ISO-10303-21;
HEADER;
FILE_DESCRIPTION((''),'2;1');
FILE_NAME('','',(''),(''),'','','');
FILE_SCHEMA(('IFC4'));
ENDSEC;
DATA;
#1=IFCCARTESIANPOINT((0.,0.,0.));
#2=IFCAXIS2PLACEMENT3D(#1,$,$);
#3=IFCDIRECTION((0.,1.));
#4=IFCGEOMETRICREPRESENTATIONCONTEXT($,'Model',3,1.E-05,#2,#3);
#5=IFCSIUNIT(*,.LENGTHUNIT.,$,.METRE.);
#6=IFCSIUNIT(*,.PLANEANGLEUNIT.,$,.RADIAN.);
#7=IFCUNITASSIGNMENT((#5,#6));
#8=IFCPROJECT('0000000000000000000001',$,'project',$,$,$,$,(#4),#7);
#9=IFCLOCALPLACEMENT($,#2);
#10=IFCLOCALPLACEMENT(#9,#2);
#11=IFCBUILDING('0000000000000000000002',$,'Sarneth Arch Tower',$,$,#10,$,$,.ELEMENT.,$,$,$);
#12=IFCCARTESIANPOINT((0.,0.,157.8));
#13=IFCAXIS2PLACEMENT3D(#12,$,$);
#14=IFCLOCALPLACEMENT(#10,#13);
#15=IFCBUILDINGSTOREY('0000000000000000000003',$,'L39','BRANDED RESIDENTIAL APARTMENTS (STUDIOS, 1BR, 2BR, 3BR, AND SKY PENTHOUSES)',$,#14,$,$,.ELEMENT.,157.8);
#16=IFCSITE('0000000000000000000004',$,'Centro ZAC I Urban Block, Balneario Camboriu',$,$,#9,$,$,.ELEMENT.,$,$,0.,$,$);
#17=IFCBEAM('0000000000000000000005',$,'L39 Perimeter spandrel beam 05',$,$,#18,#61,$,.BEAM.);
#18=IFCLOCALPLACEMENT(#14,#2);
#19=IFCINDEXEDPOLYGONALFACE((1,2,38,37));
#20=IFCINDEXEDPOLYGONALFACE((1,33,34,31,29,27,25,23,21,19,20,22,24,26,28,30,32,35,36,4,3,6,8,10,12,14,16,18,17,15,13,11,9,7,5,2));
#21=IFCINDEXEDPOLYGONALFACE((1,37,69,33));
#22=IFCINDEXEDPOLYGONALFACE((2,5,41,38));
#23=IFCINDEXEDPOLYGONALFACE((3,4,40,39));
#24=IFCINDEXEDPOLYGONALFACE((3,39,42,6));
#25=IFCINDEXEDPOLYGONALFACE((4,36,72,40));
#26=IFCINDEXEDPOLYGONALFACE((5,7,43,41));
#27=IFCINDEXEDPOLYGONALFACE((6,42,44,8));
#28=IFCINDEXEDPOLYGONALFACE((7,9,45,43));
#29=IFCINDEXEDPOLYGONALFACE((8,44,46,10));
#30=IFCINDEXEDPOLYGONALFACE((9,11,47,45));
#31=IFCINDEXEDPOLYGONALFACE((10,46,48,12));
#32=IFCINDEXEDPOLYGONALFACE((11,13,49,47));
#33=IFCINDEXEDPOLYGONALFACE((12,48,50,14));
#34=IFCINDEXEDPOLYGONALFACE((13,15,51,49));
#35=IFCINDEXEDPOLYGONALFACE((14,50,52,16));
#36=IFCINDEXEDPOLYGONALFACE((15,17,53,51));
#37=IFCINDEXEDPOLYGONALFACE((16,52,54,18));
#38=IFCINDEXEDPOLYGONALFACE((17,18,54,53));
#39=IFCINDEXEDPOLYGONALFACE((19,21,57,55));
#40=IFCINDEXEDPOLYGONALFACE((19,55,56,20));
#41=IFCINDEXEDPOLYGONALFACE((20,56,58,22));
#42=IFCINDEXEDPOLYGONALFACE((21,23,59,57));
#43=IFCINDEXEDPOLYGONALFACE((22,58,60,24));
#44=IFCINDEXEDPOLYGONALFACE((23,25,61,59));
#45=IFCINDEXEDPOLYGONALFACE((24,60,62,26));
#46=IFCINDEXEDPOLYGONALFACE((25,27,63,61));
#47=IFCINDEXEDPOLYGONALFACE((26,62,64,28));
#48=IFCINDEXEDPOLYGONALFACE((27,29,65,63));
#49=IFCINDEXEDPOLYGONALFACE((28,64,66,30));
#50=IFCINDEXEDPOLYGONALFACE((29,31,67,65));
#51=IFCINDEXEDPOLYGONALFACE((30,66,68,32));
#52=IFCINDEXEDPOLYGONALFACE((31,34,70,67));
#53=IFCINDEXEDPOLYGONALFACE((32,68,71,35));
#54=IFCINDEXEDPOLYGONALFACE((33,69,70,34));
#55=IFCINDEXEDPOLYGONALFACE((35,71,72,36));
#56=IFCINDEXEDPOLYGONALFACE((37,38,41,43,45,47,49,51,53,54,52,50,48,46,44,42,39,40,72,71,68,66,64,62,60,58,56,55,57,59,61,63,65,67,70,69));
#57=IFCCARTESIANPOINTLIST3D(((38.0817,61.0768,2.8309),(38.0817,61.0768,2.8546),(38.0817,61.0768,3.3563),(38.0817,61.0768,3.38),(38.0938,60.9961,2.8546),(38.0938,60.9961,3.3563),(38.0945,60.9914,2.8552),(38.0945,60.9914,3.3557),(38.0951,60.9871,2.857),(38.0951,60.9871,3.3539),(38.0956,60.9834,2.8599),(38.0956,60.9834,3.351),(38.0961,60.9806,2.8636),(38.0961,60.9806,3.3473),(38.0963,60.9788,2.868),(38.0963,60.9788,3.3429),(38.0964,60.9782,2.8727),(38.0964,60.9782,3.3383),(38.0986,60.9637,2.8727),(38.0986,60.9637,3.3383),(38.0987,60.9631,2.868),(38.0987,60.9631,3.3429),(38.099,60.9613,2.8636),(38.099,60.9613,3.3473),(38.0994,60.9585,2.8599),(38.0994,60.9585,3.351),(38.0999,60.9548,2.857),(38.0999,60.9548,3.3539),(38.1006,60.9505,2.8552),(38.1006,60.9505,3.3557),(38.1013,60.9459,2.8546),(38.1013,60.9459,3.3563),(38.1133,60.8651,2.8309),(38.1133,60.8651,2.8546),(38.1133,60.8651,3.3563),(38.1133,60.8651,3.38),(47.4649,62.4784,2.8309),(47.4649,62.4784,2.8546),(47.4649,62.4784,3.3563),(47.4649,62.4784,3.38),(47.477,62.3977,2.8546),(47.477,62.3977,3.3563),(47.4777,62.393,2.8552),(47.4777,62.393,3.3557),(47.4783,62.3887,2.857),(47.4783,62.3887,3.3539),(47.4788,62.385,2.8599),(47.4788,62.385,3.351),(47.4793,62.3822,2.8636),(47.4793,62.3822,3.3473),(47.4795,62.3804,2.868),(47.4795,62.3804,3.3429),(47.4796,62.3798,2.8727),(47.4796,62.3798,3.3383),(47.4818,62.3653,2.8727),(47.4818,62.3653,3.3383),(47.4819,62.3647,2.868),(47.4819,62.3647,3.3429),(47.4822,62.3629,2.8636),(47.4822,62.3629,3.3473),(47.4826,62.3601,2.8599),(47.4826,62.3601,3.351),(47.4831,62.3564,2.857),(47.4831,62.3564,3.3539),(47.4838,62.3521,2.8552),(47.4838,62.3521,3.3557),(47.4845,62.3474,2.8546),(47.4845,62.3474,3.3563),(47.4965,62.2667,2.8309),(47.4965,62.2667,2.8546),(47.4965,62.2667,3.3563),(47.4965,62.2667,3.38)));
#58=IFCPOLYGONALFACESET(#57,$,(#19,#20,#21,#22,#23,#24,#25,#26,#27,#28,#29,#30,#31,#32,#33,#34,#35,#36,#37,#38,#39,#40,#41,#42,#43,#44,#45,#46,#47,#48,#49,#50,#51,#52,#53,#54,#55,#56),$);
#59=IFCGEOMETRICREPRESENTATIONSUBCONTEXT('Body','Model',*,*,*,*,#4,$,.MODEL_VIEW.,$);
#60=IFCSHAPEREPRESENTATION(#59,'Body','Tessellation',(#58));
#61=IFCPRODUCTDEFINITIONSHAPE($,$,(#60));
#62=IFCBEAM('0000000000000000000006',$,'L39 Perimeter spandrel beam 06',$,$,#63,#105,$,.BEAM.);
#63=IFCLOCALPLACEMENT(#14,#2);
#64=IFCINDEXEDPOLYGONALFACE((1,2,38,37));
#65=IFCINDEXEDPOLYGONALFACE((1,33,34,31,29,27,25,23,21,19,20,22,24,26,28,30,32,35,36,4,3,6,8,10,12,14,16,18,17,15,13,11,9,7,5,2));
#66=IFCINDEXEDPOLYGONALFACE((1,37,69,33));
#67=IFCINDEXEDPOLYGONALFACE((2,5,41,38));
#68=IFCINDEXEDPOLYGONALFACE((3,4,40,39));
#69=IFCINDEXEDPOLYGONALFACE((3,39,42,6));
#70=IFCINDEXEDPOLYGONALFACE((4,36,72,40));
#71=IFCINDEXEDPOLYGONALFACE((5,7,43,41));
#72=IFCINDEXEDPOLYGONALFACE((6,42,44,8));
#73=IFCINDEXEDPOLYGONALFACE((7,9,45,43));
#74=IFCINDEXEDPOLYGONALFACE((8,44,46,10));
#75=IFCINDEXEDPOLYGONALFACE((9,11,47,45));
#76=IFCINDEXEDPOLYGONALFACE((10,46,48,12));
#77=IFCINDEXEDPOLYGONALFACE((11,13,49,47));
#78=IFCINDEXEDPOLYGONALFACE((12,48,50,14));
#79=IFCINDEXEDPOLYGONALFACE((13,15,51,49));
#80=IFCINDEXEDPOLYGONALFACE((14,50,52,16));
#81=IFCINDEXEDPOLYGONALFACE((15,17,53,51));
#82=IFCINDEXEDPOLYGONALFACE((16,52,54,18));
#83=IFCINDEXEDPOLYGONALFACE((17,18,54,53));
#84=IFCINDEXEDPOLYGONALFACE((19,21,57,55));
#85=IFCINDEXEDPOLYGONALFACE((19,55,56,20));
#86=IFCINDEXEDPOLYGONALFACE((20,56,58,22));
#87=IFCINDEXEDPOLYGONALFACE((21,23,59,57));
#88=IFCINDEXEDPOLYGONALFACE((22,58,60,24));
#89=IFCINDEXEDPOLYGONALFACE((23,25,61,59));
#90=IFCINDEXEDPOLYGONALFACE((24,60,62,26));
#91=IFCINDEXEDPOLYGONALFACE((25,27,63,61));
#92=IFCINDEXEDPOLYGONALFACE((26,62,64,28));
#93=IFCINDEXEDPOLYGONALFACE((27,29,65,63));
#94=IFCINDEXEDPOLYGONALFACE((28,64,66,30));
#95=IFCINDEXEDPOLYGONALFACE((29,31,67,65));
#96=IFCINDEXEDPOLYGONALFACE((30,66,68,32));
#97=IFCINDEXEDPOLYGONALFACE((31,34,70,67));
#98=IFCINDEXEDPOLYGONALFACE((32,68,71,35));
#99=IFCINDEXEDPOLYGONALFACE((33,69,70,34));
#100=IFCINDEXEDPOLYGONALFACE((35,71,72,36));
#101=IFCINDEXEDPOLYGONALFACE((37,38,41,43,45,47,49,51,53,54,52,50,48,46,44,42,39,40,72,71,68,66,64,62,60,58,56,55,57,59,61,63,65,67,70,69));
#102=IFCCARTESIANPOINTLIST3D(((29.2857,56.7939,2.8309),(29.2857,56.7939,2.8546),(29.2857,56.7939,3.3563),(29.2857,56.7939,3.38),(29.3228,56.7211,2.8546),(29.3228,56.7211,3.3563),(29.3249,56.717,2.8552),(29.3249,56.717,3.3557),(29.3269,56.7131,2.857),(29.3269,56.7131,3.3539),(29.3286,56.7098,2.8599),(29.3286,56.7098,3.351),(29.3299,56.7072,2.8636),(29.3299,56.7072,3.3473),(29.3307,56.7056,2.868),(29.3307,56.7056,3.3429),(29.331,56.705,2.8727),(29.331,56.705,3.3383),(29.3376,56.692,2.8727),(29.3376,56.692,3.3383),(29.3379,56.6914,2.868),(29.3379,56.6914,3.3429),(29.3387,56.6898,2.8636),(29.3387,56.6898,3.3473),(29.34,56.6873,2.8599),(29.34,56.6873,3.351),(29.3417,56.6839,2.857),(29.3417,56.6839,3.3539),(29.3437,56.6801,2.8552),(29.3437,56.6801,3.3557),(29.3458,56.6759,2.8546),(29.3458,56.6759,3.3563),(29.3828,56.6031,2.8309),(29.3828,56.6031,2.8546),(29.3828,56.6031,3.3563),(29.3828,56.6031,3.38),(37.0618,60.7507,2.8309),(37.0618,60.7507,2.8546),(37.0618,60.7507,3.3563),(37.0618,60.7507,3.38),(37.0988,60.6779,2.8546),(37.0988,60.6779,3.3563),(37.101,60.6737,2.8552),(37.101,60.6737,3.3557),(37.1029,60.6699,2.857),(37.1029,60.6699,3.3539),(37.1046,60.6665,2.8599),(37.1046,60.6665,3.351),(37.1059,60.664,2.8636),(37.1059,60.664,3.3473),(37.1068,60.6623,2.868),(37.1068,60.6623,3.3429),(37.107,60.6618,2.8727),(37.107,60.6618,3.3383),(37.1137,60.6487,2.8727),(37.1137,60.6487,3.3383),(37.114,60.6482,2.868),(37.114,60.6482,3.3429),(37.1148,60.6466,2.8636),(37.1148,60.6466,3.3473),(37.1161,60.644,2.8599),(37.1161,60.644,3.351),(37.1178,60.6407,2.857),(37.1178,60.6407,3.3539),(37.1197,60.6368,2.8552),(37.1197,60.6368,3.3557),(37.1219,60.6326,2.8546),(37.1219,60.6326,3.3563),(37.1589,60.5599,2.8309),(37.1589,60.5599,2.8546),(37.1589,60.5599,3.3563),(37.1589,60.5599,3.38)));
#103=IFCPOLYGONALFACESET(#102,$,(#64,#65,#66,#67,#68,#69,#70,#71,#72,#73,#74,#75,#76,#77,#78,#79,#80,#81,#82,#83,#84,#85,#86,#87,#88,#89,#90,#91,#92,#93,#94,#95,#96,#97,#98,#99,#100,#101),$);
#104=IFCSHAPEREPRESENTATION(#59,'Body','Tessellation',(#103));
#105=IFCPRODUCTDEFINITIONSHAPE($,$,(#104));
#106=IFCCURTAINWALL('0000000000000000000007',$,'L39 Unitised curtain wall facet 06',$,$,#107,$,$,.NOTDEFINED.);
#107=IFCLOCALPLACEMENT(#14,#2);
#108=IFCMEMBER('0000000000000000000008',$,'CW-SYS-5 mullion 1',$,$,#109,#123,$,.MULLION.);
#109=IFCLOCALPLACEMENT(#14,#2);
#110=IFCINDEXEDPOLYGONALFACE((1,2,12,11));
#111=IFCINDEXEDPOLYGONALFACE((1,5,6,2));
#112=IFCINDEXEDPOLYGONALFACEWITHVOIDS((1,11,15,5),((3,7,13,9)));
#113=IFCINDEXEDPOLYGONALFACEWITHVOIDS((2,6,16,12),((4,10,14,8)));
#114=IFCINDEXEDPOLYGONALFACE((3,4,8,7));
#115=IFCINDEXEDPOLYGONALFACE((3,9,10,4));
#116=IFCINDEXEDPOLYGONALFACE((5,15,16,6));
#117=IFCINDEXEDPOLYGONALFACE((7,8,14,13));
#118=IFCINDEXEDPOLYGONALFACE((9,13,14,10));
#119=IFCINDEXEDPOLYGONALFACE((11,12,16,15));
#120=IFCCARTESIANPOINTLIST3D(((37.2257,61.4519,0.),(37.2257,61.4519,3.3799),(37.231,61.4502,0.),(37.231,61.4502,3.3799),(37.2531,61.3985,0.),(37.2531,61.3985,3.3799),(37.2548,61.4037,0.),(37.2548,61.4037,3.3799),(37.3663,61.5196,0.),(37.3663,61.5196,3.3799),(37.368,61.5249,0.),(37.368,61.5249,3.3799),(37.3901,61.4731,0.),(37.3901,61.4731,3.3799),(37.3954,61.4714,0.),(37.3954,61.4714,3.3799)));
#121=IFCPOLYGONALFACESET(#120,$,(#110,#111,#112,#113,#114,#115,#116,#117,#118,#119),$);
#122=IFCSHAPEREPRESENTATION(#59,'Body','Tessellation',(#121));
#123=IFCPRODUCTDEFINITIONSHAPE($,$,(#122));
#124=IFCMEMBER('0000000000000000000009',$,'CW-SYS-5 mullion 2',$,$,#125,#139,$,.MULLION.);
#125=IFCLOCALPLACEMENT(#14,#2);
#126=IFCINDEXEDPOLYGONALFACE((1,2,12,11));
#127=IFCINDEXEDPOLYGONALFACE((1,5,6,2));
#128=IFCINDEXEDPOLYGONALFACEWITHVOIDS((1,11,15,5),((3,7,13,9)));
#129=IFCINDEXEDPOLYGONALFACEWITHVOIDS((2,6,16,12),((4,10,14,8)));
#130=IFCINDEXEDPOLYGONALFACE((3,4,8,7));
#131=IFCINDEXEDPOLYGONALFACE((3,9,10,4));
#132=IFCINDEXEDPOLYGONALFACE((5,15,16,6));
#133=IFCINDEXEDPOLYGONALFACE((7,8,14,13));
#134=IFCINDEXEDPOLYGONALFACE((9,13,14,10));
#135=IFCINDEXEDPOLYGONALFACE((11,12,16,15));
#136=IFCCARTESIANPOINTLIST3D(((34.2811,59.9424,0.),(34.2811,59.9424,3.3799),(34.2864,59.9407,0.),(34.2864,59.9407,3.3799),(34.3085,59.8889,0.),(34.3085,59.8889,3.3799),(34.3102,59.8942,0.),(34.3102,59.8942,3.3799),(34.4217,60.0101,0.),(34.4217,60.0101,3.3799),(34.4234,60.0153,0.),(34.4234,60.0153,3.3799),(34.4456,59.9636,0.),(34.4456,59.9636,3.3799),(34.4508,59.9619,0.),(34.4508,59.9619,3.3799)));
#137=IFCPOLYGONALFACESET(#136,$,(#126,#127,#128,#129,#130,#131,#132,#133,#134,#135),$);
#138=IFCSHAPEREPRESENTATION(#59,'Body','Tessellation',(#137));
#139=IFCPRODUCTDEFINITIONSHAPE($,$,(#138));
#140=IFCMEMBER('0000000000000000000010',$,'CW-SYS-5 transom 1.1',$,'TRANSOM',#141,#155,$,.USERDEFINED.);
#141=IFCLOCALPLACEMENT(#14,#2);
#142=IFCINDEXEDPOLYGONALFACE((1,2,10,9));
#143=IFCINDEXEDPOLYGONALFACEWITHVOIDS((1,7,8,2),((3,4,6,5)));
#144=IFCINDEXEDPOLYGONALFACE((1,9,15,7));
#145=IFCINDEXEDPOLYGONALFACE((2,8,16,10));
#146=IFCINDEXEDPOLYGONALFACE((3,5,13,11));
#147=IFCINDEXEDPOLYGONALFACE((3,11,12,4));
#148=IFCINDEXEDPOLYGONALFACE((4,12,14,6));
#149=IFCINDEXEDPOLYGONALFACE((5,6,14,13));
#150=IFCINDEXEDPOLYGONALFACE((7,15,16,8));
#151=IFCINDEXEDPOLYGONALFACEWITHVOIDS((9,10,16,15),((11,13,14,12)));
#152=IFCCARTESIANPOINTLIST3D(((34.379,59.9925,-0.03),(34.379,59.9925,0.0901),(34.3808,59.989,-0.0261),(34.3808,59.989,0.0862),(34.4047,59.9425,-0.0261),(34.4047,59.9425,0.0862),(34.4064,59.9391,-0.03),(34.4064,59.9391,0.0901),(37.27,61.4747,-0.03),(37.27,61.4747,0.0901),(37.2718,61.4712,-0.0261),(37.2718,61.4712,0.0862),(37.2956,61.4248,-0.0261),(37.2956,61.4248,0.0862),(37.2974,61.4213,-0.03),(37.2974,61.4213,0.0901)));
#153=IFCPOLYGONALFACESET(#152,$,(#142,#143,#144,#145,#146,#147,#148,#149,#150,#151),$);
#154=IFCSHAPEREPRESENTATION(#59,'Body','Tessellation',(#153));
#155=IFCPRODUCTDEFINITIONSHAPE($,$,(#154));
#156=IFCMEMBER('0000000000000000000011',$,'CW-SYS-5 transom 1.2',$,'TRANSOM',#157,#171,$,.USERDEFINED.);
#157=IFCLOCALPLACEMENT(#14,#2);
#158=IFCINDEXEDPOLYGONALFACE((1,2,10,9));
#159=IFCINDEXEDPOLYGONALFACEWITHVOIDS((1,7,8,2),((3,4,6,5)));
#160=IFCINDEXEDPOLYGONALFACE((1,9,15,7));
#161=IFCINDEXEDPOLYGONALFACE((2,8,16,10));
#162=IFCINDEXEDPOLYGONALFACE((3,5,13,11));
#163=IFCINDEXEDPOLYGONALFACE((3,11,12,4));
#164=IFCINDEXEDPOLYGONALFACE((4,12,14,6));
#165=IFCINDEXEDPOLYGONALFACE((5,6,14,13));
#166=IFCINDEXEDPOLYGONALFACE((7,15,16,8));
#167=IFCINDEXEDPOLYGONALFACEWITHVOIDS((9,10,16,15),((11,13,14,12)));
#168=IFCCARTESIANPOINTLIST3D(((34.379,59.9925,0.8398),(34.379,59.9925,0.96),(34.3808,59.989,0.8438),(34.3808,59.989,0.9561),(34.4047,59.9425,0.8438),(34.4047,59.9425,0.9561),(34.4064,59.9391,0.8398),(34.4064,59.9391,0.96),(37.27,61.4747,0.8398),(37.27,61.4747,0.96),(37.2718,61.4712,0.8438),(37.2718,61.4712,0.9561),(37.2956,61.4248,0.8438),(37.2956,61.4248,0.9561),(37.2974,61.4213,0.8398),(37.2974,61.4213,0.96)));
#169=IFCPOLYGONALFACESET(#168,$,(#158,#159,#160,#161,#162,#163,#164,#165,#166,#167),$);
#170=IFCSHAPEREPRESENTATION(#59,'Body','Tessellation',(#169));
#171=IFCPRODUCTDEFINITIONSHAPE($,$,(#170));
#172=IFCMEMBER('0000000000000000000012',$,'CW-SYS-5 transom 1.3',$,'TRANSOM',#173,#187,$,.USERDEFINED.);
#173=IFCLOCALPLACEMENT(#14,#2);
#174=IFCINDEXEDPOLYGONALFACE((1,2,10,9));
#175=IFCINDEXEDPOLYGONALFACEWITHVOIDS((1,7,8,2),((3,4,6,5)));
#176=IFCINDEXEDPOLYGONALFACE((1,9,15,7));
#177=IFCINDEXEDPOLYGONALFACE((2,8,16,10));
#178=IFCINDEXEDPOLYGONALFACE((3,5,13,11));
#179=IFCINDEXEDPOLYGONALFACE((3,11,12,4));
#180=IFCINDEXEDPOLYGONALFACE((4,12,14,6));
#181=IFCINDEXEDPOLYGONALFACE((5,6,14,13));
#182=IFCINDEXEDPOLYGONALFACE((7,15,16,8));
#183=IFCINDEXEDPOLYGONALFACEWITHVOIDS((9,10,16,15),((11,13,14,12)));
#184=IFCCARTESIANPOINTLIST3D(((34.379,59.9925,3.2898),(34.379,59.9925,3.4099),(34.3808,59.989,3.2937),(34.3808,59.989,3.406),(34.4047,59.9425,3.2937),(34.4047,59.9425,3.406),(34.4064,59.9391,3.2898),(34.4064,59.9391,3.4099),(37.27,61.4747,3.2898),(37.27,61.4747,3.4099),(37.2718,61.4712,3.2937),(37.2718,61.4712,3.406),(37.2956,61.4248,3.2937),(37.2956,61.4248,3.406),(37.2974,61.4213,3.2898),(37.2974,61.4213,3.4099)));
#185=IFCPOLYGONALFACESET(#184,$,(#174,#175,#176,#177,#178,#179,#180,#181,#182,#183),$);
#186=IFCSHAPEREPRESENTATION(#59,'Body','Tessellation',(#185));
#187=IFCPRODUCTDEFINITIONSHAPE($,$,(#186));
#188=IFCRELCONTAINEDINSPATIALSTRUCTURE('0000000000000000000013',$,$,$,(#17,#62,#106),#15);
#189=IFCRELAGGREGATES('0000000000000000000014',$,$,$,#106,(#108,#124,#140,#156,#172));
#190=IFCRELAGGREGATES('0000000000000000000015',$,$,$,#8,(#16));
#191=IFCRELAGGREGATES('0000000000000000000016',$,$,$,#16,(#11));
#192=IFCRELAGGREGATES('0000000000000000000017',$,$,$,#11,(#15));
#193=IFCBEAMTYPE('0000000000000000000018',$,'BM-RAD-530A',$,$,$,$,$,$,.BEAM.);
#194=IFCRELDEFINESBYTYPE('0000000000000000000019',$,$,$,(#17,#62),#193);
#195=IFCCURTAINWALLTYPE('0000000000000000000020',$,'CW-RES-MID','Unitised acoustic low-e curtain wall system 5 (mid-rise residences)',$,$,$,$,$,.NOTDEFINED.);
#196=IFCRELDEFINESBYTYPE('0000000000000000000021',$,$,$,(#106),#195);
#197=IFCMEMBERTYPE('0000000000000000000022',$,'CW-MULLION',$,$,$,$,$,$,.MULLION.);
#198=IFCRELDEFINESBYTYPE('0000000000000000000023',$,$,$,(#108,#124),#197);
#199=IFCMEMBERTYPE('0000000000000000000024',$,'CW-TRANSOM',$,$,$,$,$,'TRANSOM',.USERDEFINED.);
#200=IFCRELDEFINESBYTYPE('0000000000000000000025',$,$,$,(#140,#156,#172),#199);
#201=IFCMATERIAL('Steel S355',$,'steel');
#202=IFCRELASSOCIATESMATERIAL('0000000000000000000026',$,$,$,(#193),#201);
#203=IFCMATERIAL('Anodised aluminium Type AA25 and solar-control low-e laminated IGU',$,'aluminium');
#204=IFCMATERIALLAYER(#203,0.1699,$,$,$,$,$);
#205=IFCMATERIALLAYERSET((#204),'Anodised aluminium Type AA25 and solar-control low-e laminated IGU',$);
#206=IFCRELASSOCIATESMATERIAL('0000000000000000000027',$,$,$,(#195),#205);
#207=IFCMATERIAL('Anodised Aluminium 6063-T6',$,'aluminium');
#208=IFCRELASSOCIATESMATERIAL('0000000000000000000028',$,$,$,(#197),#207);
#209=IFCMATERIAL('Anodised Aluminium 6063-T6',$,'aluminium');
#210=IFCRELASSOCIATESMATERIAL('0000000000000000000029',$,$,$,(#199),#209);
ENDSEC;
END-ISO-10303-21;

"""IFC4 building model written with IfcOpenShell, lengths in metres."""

from ifc_helpers import new_model, si_unit, direction, frame, origin, origin_2d, place, context, subcontext, project, spatial, hollow_rectangle, i_section, extrude, material, layer, layer_set, material_profile, profile_set, type_object, element, aggregate, save


model = new_model("IFC4")

# Units and contexts
model_context = context("Model", 3, precision=1e-05, world=origin(), true_north=direction((0.0, 1.0)))
body_context = subcontext(model_context, "Body", "Model", "MODEL_VIEW")
ifc_project = project(units=[si_unit("LENGTHUNIT", "METRE"), si_unit("PLANEANGLEUNIT", "RADIAN")], contexts=[model_context])

# Site, building, storey
site_placement = place(None, origin())
site = spatial("IfcSite", under=ifc_project, at=site_placement, Name="Centro ZAC I Urban Block, Balneario Camboriu", CompositionType="ELEMENT", RefElevation=0.0)
building_placement = place(site_placement, origin())
building = spatial("IfcBuilding", under=site, at=building_placement, Name="Sarneth Arch Tower", CompositionType="ELEMENT")
storey_placement = place(building_placement, frame((0.0, 0.0, 157.8)))
storey = spatial("IfcBuildingStorey", under=building, at=storey_placement, Name="L39", Description="BRANDED RESIDENTIAL APARTMENTS (STUDIOS, 1BR, 2BR, 3BR, AND SKY PENTHOUSES)", CompositionType="ELEMENT", Elevation=157.8)

# Beams
ifc_material_1 = material(Name="Steel S355", Category="steel")
ifc_material_profile_1 = material_profile(ifc_material_1, i_section(OverallWidth=0.2141, OverallDepth=0.5491, WebThickness=0.0146, FlangeThickness=0.0237, FilletRadius=0.0181, at=origin_2d()), Name="W530x138")
ifc_profile_set_1 = profile_set([ifc_material_profile_1], Name="Steel S355")
beam_type = type_object("IfcBeamType", Name="BM-RAD-530A", PredefinedType="BEAM", material=ifc_profile_set_1)
beam_1_placement = place(storey_placement, frame((47.4807, 62.3726, 3.1055), z_axis=(-0.989027, -0.147734, 0.0), x_axis=(0.147734, -0.989027, 0.0)))
element("IfcBeam", 1, at=beam_1_placement, inside=storey, type_object=beam_type, Name="L39 Perimeter spandrel beam 05", PredefinedType="BEAM", context=body_context, shape_type="SweptSolid", body=[
    extrude(i_section(OverallWidth=0.2141, OverallDepth=0.5491, WebThickness=0.0146, FlangeThickness=0.0237, FilletRadius=0.0181, at=origin_2d()), origin(), (0.0, 0.0, 1.0), 9.4873),
])
beam_2_placement = place(storey_placement, frame((37.1104, 60.6553, 3.1055), z_axis=(-0.891254, -0.453504, 0.0), x_axis=(0.453504, -0.891254, 0.0)))
element("IfcBeam", 2, at=beam_2_placement, inside=storey, type_object=beam_type, Name="L39 Perimeter spandrel beam 06", PredefinedType="BEAM", context=body_context, shape_type="SweptSolid", body=[
    extrude(i_section(OverallWidth=0.2141, OverallDepth=0.5491, WebThickness=0.0146, FlangeThickness=0.0237, FilletRadius=0.0181, at=origin_2d()), origin(), (0.0, 0.0, 1.0), 8.7249),
])

# Curtain wall, members
ifc_material_2 = material(Name="Anodised aluminium Type AA25 and solar-control low-e laminated IGU", Category="aluminium")
ifc_layer_1 = layer(ifc_material_2, 0.1699)
ifc_layer_set_1 = layer_set([ifc_layer_1], Name="Anodised aluminium Type AA25 and solar-control low-e laminated IGU")
curtain_wall_type = type_object("IfcCurtainWallType", Name="CW-RES-MID", Description="Unitised acoustic low-e curtain wall system 5 (mid-rise residences)", PredefinedType="NOTDEFINED", material=ifc_layer_set_1)
curtain_wall_placement = place(storey_placement, origin())
curtain_wall = element("IfcCurtainWall", 3, at=curtain_wall_placement, inside=storey, type_object=curtain_wall_type, Name="L39 Unitised curtain wall facet 06", PredefinedType="NOTDEFINED")
ifc_material_3 = material(Name="Anodised Aluminium 6063-T6", Category="aluminium")
ifc_material_profile_2 = material_profile(ifc_material_3, hollow_rectangle(XDim=0.0601, YDim=0.1599, WallThickness=0.0039, at=origin_2d()), Name="AL-MULL-160x60x4")
ifc_profile_set_2 = profile_set([ifc_material_profile_2], Name="Anodised Aluminium 6063-T6")
member_type_1 = type_object("IfcMemberType", Name="CW-MULLION", PredefinedType="MULLION", material=ifc_profile_set_2)
member_1_placement = place(storey_placement, frame((37.3105, 61.4617, 0.0), z_axis=(0.0, 0.0, 1.0), x_axis=(0.456208, -0.889873, 0.0)))
member_1 = element("IfcMember", 4, at=member_1_placement, type_object=member_type_1, Name="CW-SYS-5 mullion 1", PredefinedType="MULLION", context=body_context, shape_type="SweptSolid", body=[
    extrude(hollow_rectangle(XDim=0.0601, YDim=0.1599, WallThickness=0.0039, at=origin_2d()), origin(), (0.0, 0.0, 1.0), 3.3799),
])
member_2_placement = place(storey_placement, frame((34.366, 59.9521, 0.0), z_axis=(0.0, 0.0, 1.0), x_axis=(0.456208, -0.889873, 0.0)))
member_2 = element("IfcMember", 5, at=member_2_placement, type_object=member_type_1, Name="CW-SYS-5 mullion 2", PredefinedType="MULLION", context=body_context, shape_type="SweptSolid", body=[
    extrude(hollow_rectangle(XDim=0.0601, YDim=0.1599, WallThickness=0.0039, at=origin_2d()), origin(), (0.0, 0.0, 1.0), 3.3799),
])
ifc_material_4 = material(Name="Anodised Aluminium 6063-T6", Category="aluminium")
ifc_material_profile_3 = material_profile(ifc_material_4, hollow_rectangle(XDim=0.0601, YDim=0.1201, WallThickness=0.0039, at=origin_2d()), Name="AL-TRAN-120x60x4")
ifc_profile_set_3 = profile_set([ifc_material_profile_3], Name="Anodised Aluminium 6063-T6")
member_type_2 = type_object("IfcMemberType", Name="CW-TRANSOM", ElementType="TRANSOM", PredefinedType="USERDEFINED", material=ifc_profile_set_3)
member_3_placement = place(storey_placement, frame((37.2837, 61.448, 0.03), z_axis=(-0.889857, -0.456239, 0.0), x_axis=(0.456239, -0.889857, 0.0)))
member_3 = element("IfcMember", 6, at=member_3_placement, type_object=member_type_2, Name="CW-SYS-5 transom 1.1", ObjectType="TRANSOM", PredefinedType="USERDEFINED", context=body_context, shape_type="SweptSolid", body=[
    extrude(hollow_rectangle(XDim=0.0601, YDim=0.1201, WallThickness=0.0039, at=origin_2d()), origin(), (0.0, 0.0, 1.0), 3.2488),
])
member_4_placement = place(storey_placement, frame((37.2837, 61.448, 0.8999), z_axis=(-0.889857, -0.456239, 0.0), x_axis=(0.456239, -0.889857, 0.0)))
member_4 = element("IfcMember", 7, at=member_4_placement, type_object=member_type_2, Name="CW-SYS-5 transom 1.2", ObjectType="TRANSOM", PredefinedType="USERDEFINED", context=body_context, shape_type="SweptSolid", body=[
    extrude(hollow_rectangle(XDim=0.0601, YDim=0.1201, WallThickness=0.0039, at=origin_2d()), origin(), (0.0, 0.0, 1.0), 3.2488),
])
member_5_placement = place(storey_placement, frame((37.2837, 61.448, 3.3499), z_axis=(-0.889857, -0.456239, 0.0), x_axis=(0.456239, -0.889857, 0.0)))
member_5 = element("IfcMember", 8, at=member_5_placement, type_object=member_type_2, Name="CW-SYS-5 transom 1.3", ObjectType="TRANSOM", PredefinedType="USERDEFINED", context=body_context, shape_type="SweptSolid", body=[
    extrude(hollow_rectangle(XDim=0.0601, YDim=0.1201, WallThickness=0.0039, at=origin_2d()), origin(), (0.0, 0.0, 1.0), 3.2488),
])

aggregate(curtain_wall, [member_1, member_2, member_3, member_4, member_5])

save(model, "model.ifc")
